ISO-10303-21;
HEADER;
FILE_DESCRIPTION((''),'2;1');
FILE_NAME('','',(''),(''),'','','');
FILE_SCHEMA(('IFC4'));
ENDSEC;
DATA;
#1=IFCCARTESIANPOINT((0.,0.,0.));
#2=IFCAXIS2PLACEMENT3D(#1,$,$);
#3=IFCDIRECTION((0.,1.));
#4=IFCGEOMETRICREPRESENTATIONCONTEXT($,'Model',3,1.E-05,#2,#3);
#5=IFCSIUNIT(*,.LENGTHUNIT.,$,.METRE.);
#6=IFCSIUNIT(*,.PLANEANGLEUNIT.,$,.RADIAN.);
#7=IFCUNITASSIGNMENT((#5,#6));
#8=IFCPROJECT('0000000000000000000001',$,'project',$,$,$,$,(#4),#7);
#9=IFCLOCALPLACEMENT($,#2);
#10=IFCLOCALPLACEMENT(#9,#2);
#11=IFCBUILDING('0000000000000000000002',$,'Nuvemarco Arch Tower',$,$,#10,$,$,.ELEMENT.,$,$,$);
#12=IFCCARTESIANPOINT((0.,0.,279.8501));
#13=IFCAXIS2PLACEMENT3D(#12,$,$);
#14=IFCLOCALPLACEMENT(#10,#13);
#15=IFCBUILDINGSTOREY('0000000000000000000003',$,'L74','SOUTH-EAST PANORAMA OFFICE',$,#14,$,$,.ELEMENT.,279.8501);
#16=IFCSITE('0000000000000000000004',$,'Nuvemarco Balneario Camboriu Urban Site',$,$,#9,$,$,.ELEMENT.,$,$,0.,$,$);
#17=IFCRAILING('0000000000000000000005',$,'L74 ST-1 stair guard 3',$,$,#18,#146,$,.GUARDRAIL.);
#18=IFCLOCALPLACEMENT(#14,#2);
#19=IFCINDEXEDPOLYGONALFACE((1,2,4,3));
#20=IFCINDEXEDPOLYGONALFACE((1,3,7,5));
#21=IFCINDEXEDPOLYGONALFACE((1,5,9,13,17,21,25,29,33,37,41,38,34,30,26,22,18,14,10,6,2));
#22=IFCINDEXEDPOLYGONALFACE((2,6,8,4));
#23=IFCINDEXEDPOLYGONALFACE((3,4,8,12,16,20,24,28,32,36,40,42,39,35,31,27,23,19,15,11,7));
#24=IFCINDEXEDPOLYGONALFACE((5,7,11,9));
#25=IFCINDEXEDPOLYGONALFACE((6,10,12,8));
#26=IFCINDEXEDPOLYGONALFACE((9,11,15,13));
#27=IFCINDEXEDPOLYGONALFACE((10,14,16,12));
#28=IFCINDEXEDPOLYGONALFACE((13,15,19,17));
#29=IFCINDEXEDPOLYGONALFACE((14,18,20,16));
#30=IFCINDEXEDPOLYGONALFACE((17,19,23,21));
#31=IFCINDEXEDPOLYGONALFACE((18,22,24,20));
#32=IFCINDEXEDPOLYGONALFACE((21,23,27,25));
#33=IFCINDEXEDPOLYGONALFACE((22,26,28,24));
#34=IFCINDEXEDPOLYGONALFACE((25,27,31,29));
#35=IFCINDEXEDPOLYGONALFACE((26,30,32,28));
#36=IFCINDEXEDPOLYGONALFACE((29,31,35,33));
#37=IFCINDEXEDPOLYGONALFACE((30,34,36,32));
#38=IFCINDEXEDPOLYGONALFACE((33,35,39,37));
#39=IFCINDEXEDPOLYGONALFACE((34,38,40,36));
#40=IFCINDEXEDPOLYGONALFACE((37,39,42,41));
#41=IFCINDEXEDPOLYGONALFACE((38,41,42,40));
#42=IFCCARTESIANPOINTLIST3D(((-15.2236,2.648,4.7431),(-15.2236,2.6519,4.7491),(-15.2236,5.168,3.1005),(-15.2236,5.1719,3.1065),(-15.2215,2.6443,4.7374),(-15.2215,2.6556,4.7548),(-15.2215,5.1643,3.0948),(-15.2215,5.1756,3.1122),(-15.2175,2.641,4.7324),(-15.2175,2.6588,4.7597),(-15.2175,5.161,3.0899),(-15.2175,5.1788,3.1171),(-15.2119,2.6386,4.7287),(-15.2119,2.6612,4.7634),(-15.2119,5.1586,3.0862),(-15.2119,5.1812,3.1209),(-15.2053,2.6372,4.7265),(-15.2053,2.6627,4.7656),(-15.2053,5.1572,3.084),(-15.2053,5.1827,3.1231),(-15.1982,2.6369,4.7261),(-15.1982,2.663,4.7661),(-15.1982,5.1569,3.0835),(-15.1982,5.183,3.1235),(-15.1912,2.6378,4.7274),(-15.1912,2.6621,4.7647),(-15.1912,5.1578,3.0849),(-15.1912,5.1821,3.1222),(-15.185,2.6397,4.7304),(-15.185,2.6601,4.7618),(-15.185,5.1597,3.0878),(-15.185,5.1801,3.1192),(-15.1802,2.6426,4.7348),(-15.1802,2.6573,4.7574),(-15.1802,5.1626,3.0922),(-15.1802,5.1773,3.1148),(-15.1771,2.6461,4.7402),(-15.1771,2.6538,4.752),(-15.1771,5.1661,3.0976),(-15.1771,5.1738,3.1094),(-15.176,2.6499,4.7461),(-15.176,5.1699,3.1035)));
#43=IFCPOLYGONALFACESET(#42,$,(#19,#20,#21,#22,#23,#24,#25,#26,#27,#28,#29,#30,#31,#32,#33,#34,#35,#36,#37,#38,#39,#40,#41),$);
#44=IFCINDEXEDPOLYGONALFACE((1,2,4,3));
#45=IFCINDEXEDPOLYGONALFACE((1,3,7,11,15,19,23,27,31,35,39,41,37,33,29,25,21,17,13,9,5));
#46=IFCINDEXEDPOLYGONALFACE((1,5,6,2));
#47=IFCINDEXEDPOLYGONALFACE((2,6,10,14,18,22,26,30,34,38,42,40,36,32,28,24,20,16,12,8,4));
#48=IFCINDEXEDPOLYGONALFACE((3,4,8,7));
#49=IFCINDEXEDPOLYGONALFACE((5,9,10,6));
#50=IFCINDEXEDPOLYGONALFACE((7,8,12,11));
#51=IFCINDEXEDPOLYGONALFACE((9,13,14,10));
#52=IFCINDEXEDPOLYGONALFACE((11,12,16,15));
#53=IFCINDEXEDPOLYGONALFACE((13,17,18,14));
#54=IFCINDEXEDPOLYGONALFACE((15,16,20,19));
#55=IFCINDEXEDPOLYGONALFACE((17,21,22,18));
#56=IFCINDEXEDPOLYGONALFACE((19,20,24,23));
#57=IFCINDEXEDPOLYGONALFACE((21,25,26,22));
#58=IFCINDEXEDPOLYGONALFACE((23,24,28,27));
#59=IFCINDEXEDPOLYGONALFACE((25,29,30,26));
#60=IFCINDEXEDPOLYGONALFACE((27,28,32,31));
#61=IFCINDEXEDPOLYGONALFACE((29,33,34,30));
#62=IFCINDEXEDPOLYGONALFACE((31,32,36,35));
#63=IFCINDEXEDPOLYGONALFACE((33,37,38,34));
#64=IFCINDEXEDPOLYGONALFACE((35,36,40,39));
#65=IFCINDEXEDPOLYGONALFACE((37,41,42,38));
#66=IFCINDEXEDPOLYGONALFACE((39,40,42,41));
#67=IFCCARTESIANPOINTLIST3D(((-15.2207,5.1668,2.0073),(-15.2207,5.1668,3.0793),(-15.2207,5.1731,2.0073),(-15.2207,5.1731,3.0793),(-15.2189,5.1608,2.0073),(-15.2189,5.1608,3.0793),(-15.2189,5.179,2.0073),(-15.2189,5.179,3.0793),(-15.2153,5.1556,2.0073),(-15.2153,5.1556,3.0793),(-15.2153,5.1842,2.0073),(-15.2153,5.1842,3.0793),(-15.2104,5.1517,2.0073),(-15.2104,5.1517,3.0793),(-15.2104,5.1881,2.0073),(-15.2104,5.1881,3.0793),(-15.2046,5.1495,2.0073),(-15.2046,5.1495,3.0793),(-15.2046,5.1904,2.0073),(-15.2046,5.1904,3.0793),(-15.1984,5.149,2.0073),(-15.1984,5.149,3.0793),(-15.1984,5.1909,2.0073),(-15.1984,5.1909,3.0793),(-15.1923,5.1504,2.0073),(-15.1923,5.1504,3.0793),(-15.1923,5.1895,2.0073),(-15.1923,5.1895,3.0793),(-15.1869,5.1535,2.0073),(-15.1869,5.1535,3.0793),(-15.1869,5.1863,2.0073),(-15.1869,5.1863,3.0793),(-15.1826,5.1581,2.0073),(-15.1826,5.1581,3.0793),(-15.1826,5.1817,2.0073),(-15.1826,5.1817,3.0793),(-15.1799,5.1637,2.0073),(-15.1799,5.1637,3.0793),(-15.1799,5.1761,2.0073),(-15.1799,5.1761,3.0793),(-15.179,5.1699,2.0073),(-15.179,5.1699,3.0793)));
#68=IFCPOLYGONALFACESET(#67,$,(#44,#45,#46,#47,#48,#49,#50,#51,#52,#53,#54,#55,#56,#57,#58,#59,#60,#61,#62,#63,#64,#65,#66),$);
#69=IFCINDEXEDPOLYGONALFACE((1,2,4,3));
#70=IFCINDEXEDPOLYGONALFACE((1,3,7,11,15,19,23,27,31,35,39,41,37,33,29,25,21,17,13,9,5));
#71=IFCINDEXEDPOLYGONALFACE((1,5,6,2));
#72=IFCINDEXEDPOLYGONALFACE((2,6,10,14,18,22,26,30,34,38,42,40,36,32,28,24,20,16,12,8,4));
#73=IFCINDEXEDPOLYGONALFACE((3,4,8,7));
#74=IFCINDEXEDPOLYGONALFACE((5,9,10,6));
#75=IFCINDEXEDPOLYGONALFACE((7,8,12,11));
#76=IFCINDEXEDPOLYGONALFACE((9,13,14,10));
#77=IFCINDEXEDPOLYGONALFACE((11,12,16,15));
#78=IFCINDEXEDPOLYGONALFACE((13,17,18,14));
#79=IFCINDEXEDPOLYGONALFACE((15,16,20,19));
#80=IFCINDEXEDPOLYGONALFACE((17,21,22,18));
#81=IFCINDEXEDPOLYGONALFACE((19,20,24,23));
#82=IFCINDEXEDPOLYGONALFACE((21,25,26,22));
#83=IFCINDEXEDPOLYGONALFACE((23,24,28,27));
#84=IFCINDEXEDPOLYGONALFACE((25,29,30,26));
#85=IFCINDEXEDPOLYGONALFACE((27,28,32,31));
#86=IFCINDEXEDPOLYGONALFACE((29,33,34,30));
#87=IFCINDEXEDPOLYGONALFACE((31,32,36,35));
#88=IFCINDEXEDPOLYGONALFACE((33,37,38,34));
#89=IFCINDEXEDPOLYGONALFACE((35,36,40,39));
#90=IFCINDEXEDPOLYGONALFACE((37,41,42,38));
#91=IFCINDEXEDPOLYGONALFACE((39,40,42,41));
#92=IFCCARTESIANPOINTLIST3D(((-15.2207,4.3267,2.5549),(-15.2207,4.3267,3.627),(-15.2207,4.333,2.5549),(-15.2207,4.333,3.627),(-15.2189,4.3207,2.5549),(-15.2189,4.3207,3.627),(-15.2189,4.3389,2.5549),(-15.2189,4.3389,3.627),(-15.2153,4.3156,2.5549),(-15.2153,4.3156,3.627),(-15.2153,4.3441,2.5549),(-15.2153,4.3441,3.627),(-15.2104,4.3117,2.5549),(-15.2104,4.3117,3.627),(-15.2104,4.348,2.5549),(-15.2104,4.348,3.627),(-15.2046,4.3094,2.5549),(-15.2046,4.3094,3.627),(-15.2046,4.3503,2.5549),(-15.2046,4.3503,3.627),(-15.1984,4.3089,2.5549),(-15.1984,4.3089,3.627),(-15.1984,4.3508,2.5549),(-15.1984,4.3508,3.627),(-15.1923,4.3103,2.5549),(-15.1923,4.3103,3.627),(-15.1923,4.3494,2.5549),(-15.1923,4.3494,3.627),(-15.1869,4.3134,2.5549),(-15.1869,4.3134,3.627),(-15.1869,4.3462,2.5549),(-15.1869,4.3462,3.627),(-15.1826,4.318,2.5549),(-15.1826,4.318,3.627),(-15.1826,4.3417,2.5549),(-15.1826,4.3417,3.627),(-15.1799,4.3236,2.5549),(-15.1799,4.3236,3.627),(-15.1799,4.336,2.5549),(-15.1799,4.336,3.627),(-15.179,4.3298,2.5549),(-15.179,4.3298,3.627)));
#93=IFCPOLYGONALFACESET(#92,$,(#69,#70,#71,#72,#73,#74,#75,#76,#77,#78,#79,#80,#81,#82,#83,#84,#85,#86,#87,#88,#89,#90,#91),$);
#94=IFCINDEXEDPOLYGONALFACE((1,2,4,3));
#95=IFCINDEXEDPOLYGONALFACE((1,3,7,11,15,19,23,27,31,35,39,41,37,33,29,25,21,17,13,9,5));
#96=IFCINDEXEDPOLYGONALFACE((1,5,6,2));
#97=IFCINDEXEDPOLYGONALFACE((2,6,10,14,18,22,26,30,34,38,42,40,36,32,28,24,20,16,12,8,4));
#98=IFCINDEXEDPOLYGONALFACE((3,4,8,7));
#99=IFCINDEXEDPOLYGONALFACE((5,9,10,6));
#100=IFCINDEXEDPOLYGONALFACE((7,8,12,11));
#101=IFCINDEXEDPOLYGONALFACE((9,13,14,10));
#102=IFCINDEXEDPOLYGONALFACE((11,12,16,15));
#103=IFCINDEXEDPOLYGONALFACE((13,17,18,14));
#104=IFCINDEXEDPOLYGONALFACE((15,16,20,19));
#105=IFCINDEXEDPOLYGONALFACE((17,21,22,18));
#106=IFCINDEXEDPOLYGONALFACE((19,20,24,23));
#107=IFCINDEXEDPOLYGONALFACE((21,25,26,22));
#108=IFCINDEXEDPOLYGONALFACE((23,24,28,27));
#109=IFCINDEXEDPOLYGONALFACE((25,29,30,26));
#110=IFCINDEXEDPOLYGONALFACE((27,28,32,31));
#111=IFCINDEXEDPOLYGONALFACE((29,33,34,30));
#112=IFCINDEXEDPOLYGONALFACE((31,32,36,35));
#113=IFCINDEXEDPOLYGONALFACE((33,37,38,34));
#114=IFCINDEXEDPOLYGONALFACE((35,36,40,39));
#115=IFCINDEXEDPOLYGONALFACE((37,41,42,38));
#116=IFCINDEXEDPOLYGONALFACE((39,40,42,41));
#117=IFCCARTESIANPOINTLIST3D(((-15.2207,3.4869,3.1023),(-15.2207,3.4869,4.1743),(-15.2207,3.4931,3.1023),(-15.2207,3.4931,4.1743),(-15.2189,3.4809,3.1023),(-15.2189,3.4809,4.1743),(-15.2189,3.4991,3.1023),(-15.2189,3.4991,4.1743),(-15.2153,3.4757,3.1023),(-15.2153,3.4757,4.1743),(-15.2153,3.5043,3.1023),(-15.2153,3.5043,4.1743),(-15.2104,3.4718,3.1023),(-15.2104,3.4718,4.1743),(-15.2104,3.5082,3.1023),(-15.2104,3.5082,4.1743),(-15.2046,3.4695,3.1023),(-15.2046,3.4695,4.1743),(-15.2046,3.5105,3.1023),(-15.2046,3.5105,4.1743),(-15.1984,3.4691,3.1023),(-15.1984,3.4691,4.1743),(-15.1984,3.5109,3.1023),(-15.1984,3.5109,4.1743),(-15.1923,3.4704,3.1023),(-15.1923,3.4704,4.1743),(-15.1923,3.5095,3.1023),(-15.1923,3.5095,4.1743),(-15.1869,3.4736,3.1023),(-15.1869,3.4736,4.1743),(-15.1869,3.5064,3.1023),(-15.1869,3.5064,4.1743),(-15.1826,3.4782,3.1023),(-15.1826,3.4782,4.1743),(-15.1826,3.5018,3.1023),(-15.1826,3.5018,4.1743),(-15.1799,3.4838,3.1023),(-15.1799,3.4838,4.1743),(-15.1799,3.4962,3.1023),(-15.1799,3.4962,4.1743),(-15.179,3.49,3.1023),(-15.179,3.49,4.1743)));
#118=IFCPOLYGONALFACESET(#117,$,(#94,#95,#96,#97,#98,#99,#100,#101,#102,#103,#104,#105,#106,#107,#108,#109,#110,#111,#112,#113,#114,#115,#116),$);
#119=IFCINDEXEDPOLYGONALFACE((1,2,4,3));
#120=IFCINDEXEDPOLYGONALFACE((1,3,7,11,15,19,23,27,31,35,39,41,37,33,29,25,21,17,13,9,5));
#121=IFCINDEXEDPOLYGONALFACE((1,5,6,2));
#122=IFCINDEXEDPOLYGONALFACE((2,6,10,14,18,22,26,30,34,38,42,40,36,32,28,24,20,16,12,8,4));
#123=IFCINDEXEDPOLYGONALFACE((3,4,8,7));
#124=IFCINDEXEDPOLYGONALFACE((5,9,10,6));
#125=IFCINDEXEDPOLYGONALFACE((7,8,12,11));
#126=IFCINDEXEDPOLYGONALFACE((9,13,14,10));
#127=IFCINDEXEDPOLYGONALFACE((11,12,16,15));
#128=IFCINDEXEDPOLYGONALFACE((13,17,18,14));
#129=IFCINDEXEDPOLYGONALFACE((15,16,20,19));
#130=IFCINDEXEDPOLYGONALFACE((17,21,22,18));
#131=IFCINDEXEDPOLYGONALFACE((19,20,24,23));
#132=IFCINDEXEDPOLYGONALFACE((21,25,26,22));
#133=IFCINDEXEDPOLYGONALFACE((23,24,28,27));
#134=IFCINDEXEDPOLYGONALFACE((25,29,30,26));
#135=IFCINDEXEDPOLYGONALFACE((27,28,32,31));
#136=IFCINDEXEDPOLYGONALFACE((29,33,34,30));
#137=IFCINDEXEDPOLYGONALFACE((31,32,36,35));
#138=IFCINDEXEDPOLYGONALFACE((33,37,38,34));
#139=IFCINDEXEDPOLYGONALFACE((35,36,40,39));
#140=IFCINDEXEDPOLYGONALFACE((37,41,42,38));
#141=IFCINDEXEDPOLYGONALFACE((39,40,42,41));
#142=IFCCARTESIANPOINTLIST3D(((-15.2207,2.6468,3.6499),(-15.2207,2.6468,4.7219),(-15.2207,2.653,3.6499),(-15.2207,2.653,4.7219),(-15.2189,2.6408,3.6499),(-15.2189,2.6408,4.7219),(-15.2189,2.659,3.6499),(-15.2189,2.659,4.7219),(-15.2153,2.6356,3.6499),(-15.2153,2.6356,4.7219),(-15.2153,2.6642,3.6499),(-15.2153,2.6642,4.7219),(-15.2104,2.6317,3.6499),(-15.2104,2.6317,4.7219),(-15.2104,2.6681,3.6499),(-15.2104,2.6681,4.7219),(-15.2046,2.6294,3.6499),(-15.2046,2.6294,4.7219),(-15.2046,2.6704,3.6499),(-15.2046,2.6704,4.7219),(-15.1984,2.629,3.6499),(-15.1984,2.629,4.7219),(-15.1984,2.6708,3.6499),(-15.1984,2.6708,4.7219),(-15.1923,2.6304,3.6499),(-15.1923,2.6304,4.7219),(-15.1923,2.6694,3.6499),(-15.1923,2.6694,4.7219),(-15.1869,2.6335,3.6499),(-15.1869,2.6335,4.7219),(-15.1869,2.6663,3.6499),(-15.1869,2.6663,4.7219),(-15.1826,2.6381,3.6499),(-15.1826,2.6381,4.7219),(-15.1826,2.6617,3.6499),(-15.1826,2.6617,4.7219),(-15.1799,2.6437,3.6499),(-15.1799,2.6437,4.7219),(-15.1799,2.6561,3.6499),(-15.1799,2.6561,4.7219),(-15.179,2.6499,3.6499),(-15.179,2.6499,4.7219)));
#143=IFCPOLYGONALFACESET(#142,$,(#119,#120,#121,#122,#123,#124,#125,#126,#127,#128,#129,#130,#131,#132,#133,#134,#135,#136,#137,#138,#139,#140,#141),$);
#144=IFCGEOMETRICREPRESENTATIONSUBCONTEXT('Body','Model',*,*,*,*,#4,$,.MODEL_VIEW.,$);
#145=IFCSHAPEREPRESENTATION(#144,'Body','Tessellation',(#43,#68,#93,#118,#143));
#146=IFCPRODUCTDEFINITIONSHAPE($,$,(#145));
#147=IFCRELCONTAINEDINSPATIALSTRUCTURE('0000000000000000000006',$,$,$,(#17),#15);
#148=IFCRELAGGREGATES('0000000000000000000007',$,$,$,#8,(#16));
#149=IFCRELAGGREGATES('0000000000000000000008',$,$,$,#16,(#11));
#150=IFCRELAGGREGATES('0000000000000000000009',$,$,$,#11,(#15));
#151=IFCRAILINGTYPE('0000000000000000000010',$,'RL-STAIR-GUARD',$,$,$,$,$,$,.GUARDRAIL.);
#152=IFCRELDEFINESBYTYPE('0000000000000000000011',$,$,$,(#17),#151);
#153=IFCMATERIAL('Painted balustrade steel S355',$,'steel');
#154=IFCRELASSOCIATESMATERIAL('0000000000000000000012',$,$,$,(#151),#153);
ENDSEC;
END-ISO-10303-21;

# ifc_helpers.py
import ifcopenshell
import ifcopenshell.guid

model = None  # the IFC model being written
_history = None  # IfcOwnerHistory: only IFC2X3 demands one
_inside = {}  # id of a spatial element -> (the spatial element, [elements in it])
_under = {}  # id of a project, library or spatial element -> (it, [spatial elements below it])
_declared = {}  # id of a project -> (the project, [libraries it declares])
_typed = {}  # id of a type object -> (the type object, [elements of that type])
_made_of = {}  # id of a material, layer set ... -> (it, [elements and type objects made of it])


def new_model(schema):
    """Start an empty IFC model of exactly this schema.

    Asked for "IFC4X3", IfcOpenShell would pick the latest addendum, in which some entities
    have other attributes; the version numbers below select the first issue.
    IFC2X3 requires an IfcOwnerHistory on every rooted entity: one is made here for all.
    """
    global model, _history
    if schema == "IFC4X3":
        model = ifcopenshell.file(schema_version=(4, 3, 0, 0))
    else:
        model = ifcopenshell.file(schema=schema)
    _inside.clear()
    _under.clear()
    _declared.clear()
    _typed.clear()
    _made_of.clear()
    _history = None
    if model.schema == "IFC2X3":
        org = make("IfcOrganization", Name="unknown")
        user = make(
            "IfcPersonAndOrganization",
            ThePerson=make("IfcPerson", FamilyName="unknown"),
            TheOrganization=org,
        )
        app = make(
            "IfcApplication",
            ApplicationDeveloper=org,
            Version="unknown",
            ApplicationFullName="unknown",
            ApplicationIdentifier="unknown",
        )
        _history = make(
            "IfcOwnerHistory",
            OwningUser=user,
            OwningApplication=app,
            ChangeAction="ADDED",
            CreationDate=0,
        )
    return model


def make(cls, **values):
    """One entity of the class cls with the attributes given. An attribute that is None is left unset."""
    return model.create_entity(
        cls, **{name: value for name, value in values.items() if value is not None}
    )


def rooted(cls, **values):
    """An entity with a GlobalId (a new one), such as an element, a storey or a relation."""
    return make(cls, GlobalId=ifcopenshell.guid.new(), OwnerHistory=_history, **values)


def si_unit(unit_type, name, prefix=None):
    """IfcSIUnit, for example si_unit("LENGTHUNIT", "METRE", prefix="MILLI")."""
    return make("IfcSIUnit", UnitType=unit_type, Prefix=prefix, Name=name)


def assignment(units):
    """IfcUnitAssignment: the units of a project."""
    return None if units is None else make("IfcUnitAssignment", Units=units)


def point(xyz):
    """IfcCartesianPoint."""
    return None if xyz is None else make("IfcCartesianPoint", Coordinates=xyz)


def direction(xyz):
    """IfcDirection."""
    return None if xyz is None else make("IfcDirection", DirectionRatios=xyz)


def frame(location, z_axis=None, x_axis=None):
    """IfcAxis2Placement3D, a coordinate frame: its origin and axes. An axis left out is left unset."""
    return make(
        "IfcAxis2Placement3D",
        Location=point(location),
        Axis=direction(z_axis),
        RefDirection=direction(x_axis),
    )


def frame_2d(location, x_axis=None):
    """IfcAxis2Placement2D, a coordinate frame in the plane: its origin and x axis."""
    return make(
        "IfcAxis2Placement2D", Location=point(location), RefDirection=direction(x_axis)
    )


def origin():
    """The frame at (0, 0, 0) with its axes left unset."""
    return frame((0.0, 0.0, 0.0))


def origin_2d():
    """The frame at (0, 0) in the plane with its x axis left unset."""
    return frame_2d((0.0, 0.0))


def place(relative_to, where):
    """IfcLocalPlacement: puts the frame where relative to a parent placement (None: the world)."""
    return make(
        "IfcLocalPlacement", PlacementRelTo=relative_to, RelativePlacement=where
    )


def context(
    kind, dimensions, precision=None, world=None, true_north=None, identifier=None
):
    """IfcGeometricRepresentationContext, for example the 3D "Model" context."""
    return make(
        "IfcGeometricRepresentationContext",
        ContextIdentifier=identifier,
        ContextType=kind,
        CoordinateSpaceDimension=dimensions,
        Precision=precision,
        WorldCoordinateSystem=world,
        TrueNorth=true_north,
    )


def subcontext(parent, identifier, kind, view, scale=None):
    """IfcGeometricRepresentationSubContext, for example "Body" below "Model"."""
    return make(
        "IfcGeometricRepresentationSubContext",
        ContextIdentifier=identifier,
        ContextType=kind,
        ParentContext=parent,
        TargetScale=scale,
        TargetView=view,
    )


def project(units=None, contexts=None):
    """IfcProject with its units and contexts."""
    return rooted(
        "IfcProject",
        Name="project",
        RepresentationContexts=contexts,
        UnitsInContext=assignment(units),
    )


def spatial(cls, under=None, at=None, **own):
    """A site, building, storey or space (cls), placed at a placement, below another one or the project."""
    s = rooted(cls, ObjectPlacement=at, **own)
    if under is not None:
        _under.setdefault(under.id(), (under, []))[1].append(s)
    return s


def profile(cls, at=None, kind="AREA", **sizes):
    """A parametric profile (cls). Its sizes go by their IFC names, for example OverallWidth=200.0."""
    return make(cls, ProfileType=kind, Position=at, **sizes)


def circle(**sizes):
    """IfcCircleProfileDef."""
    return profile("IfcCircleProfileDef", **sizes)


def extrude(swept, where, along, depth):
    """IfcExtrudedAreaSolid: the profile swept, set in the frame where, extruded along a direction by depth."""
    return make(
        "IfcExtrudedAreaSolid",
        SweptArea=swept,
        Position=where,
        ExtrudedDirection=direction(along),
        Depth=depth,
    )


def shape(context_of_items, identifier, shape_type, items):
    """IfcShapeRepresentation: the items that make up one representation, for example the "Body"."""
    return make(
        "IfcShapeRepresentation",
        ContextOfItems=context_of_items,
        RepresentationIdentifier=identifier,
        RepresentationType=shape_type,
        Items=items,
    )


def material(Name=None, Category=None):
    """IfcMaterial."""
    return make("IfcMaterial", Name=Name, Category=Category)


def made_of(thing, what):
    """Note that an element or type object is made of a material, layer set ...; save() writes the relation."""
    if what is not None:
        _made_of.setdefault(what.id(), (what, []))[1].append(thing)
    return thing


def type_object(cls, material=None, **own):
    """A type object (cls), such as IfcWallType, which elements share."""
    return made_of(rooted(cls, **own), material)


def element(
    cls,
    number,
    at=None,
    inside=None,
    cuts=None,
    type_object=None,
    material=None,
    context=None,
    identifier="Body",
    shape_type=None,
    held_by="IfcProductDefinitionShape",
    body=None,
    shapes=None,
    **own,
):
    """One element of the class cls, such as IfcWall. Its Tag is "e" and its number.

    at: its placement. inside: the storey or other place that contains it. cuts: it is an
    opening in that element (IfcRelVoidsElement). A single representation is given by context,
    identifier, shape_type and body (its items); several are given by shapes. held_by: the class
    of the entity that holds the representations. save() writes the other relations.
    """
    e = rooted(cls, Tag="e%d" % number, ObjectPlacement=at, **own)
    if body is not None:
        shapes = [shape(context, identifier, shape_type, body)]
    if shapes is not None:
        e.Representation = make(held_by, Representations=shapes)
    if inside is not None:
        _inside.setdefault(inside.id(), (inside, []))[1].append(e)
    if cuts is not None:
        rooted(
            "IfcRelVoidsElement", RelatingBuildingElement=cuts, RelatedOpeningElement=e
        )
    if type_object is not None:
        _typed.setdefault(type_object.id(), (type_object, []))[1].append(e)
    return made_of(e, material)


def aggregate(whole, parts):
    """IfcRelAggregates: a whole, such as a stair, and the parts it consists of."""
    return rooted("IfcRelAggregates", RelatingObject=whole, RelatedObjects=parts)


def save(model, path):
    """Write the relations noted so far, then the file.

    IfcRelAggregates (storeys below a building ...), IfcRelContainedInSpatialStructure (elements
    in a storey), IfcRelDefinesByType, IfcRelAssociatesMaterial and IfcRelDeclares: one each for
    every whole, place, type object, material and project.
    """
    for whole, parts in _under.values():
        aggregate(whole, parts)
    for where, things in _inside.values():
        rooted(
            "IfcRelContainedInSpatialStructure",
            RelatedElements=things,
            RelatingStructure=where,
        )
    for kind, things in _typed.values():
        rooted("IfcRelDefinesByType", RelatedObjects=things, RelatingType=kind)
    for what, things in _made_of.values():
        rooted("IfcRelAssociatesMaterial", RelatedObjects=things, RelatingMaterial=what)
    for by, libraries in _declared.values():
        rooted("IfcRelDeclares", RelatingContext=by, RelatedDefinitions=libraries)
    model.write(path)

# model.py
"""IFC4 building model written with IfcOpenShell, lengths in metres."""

from ifc_helpers import new_model, si_unit, direction, frame, origin, origin_2d, place, context, subcontext, project, spatial, circle, extrude, material, type_object, element, save


model = new_model("IFC4")

# Units and contexts
model_context = context("Model", 3, precision=1e-05, world=origin(), true_north=direction((0.0, 1.0)))
body_context = subcontext(model_context, "Body", "Model", "MODEL_VIEW")
ifc_project = project(units=[si_unit("LENGTHUNIT", "METRE"), si_unit("PLANEANGLEUNIT", "RADIAN")], contexts=[model_context])

# Site, building, storey
site_placement = place(None, origin())
site = spatial("IfcSite", under=ifc_project, at=site_placement, Name="Nuvemarco Balneario Camboriu Urban Site", CompositionType="ELEMENT", RefElevation=0.0)
building_placement = place(site_placement, origin())
building = spatial("IfcBuilding", under=site, at=building_placement, Name="Nuvemarco Arch Tower", CompositionType="ELEMENT")
storey_placement = place(building_placement, frame((0.0, 0.0, 279.8501)))
storey = spatial("IfcBuildingStorey", under=building, at=storey_placement, Name="L74", Description="SOUTH-EAST PANORAMA OFFICE", CompositionType="ELEMENT", Elevation=279.8501)

# Railing
ifc_material_1 = material(Name="Painted balustrade steel S355", Category="steel")
railing_type_1 = type_object("IfcRailingType", Name="RL-STAIR-GUARD", PredefinedType="GUARDRAIL", material=ifc_material_1)
railing_1_placement = place(storey_placement, frame((-15.2, 5.1699, 2.0073)))
element("IfcRailing", 1, at=railing_1_placement, inside=storey, type_object=railing_type_1, Name="L74 ST-1 stair guard 3", PredefinedType="GUARDRAIL", context=body_context, shape_type="SweptSolid", body=[
    extrude(circle(Radius=0.0239, at=origin_2d()), frame((0.0, 0.0, 1.0962), z_axis=(0.0, -0.837749, 0.546055), x_axis=(1.0, 0.0, 0.0)), (0.0, 0.0, 1.0), 3.0081),
    extrude(circle(Radius=0.021, at=origin_2d()), origin(), (0.0, 0.0, 1.0), 1.072),
    extrude(circle(Radius=0.021, at=origin_2d()), frame((0.0, -0.8401, 0.5476)), (0.0, 0.0, 1.0), 1.072),
    extrude(circle(Radius=0.021, at=origin_2d()), frame((0.0, -1.6799, 1.095)), (0.0, 0.0, 1.0), 1.072),
    extrude(circle(Radius=0.021, at=origin_2d()), frame((0.0, -2.52, 1.6426)), (0.0, 0.0, 1.0), 1.072),
])

save(model, "model.ifc")
